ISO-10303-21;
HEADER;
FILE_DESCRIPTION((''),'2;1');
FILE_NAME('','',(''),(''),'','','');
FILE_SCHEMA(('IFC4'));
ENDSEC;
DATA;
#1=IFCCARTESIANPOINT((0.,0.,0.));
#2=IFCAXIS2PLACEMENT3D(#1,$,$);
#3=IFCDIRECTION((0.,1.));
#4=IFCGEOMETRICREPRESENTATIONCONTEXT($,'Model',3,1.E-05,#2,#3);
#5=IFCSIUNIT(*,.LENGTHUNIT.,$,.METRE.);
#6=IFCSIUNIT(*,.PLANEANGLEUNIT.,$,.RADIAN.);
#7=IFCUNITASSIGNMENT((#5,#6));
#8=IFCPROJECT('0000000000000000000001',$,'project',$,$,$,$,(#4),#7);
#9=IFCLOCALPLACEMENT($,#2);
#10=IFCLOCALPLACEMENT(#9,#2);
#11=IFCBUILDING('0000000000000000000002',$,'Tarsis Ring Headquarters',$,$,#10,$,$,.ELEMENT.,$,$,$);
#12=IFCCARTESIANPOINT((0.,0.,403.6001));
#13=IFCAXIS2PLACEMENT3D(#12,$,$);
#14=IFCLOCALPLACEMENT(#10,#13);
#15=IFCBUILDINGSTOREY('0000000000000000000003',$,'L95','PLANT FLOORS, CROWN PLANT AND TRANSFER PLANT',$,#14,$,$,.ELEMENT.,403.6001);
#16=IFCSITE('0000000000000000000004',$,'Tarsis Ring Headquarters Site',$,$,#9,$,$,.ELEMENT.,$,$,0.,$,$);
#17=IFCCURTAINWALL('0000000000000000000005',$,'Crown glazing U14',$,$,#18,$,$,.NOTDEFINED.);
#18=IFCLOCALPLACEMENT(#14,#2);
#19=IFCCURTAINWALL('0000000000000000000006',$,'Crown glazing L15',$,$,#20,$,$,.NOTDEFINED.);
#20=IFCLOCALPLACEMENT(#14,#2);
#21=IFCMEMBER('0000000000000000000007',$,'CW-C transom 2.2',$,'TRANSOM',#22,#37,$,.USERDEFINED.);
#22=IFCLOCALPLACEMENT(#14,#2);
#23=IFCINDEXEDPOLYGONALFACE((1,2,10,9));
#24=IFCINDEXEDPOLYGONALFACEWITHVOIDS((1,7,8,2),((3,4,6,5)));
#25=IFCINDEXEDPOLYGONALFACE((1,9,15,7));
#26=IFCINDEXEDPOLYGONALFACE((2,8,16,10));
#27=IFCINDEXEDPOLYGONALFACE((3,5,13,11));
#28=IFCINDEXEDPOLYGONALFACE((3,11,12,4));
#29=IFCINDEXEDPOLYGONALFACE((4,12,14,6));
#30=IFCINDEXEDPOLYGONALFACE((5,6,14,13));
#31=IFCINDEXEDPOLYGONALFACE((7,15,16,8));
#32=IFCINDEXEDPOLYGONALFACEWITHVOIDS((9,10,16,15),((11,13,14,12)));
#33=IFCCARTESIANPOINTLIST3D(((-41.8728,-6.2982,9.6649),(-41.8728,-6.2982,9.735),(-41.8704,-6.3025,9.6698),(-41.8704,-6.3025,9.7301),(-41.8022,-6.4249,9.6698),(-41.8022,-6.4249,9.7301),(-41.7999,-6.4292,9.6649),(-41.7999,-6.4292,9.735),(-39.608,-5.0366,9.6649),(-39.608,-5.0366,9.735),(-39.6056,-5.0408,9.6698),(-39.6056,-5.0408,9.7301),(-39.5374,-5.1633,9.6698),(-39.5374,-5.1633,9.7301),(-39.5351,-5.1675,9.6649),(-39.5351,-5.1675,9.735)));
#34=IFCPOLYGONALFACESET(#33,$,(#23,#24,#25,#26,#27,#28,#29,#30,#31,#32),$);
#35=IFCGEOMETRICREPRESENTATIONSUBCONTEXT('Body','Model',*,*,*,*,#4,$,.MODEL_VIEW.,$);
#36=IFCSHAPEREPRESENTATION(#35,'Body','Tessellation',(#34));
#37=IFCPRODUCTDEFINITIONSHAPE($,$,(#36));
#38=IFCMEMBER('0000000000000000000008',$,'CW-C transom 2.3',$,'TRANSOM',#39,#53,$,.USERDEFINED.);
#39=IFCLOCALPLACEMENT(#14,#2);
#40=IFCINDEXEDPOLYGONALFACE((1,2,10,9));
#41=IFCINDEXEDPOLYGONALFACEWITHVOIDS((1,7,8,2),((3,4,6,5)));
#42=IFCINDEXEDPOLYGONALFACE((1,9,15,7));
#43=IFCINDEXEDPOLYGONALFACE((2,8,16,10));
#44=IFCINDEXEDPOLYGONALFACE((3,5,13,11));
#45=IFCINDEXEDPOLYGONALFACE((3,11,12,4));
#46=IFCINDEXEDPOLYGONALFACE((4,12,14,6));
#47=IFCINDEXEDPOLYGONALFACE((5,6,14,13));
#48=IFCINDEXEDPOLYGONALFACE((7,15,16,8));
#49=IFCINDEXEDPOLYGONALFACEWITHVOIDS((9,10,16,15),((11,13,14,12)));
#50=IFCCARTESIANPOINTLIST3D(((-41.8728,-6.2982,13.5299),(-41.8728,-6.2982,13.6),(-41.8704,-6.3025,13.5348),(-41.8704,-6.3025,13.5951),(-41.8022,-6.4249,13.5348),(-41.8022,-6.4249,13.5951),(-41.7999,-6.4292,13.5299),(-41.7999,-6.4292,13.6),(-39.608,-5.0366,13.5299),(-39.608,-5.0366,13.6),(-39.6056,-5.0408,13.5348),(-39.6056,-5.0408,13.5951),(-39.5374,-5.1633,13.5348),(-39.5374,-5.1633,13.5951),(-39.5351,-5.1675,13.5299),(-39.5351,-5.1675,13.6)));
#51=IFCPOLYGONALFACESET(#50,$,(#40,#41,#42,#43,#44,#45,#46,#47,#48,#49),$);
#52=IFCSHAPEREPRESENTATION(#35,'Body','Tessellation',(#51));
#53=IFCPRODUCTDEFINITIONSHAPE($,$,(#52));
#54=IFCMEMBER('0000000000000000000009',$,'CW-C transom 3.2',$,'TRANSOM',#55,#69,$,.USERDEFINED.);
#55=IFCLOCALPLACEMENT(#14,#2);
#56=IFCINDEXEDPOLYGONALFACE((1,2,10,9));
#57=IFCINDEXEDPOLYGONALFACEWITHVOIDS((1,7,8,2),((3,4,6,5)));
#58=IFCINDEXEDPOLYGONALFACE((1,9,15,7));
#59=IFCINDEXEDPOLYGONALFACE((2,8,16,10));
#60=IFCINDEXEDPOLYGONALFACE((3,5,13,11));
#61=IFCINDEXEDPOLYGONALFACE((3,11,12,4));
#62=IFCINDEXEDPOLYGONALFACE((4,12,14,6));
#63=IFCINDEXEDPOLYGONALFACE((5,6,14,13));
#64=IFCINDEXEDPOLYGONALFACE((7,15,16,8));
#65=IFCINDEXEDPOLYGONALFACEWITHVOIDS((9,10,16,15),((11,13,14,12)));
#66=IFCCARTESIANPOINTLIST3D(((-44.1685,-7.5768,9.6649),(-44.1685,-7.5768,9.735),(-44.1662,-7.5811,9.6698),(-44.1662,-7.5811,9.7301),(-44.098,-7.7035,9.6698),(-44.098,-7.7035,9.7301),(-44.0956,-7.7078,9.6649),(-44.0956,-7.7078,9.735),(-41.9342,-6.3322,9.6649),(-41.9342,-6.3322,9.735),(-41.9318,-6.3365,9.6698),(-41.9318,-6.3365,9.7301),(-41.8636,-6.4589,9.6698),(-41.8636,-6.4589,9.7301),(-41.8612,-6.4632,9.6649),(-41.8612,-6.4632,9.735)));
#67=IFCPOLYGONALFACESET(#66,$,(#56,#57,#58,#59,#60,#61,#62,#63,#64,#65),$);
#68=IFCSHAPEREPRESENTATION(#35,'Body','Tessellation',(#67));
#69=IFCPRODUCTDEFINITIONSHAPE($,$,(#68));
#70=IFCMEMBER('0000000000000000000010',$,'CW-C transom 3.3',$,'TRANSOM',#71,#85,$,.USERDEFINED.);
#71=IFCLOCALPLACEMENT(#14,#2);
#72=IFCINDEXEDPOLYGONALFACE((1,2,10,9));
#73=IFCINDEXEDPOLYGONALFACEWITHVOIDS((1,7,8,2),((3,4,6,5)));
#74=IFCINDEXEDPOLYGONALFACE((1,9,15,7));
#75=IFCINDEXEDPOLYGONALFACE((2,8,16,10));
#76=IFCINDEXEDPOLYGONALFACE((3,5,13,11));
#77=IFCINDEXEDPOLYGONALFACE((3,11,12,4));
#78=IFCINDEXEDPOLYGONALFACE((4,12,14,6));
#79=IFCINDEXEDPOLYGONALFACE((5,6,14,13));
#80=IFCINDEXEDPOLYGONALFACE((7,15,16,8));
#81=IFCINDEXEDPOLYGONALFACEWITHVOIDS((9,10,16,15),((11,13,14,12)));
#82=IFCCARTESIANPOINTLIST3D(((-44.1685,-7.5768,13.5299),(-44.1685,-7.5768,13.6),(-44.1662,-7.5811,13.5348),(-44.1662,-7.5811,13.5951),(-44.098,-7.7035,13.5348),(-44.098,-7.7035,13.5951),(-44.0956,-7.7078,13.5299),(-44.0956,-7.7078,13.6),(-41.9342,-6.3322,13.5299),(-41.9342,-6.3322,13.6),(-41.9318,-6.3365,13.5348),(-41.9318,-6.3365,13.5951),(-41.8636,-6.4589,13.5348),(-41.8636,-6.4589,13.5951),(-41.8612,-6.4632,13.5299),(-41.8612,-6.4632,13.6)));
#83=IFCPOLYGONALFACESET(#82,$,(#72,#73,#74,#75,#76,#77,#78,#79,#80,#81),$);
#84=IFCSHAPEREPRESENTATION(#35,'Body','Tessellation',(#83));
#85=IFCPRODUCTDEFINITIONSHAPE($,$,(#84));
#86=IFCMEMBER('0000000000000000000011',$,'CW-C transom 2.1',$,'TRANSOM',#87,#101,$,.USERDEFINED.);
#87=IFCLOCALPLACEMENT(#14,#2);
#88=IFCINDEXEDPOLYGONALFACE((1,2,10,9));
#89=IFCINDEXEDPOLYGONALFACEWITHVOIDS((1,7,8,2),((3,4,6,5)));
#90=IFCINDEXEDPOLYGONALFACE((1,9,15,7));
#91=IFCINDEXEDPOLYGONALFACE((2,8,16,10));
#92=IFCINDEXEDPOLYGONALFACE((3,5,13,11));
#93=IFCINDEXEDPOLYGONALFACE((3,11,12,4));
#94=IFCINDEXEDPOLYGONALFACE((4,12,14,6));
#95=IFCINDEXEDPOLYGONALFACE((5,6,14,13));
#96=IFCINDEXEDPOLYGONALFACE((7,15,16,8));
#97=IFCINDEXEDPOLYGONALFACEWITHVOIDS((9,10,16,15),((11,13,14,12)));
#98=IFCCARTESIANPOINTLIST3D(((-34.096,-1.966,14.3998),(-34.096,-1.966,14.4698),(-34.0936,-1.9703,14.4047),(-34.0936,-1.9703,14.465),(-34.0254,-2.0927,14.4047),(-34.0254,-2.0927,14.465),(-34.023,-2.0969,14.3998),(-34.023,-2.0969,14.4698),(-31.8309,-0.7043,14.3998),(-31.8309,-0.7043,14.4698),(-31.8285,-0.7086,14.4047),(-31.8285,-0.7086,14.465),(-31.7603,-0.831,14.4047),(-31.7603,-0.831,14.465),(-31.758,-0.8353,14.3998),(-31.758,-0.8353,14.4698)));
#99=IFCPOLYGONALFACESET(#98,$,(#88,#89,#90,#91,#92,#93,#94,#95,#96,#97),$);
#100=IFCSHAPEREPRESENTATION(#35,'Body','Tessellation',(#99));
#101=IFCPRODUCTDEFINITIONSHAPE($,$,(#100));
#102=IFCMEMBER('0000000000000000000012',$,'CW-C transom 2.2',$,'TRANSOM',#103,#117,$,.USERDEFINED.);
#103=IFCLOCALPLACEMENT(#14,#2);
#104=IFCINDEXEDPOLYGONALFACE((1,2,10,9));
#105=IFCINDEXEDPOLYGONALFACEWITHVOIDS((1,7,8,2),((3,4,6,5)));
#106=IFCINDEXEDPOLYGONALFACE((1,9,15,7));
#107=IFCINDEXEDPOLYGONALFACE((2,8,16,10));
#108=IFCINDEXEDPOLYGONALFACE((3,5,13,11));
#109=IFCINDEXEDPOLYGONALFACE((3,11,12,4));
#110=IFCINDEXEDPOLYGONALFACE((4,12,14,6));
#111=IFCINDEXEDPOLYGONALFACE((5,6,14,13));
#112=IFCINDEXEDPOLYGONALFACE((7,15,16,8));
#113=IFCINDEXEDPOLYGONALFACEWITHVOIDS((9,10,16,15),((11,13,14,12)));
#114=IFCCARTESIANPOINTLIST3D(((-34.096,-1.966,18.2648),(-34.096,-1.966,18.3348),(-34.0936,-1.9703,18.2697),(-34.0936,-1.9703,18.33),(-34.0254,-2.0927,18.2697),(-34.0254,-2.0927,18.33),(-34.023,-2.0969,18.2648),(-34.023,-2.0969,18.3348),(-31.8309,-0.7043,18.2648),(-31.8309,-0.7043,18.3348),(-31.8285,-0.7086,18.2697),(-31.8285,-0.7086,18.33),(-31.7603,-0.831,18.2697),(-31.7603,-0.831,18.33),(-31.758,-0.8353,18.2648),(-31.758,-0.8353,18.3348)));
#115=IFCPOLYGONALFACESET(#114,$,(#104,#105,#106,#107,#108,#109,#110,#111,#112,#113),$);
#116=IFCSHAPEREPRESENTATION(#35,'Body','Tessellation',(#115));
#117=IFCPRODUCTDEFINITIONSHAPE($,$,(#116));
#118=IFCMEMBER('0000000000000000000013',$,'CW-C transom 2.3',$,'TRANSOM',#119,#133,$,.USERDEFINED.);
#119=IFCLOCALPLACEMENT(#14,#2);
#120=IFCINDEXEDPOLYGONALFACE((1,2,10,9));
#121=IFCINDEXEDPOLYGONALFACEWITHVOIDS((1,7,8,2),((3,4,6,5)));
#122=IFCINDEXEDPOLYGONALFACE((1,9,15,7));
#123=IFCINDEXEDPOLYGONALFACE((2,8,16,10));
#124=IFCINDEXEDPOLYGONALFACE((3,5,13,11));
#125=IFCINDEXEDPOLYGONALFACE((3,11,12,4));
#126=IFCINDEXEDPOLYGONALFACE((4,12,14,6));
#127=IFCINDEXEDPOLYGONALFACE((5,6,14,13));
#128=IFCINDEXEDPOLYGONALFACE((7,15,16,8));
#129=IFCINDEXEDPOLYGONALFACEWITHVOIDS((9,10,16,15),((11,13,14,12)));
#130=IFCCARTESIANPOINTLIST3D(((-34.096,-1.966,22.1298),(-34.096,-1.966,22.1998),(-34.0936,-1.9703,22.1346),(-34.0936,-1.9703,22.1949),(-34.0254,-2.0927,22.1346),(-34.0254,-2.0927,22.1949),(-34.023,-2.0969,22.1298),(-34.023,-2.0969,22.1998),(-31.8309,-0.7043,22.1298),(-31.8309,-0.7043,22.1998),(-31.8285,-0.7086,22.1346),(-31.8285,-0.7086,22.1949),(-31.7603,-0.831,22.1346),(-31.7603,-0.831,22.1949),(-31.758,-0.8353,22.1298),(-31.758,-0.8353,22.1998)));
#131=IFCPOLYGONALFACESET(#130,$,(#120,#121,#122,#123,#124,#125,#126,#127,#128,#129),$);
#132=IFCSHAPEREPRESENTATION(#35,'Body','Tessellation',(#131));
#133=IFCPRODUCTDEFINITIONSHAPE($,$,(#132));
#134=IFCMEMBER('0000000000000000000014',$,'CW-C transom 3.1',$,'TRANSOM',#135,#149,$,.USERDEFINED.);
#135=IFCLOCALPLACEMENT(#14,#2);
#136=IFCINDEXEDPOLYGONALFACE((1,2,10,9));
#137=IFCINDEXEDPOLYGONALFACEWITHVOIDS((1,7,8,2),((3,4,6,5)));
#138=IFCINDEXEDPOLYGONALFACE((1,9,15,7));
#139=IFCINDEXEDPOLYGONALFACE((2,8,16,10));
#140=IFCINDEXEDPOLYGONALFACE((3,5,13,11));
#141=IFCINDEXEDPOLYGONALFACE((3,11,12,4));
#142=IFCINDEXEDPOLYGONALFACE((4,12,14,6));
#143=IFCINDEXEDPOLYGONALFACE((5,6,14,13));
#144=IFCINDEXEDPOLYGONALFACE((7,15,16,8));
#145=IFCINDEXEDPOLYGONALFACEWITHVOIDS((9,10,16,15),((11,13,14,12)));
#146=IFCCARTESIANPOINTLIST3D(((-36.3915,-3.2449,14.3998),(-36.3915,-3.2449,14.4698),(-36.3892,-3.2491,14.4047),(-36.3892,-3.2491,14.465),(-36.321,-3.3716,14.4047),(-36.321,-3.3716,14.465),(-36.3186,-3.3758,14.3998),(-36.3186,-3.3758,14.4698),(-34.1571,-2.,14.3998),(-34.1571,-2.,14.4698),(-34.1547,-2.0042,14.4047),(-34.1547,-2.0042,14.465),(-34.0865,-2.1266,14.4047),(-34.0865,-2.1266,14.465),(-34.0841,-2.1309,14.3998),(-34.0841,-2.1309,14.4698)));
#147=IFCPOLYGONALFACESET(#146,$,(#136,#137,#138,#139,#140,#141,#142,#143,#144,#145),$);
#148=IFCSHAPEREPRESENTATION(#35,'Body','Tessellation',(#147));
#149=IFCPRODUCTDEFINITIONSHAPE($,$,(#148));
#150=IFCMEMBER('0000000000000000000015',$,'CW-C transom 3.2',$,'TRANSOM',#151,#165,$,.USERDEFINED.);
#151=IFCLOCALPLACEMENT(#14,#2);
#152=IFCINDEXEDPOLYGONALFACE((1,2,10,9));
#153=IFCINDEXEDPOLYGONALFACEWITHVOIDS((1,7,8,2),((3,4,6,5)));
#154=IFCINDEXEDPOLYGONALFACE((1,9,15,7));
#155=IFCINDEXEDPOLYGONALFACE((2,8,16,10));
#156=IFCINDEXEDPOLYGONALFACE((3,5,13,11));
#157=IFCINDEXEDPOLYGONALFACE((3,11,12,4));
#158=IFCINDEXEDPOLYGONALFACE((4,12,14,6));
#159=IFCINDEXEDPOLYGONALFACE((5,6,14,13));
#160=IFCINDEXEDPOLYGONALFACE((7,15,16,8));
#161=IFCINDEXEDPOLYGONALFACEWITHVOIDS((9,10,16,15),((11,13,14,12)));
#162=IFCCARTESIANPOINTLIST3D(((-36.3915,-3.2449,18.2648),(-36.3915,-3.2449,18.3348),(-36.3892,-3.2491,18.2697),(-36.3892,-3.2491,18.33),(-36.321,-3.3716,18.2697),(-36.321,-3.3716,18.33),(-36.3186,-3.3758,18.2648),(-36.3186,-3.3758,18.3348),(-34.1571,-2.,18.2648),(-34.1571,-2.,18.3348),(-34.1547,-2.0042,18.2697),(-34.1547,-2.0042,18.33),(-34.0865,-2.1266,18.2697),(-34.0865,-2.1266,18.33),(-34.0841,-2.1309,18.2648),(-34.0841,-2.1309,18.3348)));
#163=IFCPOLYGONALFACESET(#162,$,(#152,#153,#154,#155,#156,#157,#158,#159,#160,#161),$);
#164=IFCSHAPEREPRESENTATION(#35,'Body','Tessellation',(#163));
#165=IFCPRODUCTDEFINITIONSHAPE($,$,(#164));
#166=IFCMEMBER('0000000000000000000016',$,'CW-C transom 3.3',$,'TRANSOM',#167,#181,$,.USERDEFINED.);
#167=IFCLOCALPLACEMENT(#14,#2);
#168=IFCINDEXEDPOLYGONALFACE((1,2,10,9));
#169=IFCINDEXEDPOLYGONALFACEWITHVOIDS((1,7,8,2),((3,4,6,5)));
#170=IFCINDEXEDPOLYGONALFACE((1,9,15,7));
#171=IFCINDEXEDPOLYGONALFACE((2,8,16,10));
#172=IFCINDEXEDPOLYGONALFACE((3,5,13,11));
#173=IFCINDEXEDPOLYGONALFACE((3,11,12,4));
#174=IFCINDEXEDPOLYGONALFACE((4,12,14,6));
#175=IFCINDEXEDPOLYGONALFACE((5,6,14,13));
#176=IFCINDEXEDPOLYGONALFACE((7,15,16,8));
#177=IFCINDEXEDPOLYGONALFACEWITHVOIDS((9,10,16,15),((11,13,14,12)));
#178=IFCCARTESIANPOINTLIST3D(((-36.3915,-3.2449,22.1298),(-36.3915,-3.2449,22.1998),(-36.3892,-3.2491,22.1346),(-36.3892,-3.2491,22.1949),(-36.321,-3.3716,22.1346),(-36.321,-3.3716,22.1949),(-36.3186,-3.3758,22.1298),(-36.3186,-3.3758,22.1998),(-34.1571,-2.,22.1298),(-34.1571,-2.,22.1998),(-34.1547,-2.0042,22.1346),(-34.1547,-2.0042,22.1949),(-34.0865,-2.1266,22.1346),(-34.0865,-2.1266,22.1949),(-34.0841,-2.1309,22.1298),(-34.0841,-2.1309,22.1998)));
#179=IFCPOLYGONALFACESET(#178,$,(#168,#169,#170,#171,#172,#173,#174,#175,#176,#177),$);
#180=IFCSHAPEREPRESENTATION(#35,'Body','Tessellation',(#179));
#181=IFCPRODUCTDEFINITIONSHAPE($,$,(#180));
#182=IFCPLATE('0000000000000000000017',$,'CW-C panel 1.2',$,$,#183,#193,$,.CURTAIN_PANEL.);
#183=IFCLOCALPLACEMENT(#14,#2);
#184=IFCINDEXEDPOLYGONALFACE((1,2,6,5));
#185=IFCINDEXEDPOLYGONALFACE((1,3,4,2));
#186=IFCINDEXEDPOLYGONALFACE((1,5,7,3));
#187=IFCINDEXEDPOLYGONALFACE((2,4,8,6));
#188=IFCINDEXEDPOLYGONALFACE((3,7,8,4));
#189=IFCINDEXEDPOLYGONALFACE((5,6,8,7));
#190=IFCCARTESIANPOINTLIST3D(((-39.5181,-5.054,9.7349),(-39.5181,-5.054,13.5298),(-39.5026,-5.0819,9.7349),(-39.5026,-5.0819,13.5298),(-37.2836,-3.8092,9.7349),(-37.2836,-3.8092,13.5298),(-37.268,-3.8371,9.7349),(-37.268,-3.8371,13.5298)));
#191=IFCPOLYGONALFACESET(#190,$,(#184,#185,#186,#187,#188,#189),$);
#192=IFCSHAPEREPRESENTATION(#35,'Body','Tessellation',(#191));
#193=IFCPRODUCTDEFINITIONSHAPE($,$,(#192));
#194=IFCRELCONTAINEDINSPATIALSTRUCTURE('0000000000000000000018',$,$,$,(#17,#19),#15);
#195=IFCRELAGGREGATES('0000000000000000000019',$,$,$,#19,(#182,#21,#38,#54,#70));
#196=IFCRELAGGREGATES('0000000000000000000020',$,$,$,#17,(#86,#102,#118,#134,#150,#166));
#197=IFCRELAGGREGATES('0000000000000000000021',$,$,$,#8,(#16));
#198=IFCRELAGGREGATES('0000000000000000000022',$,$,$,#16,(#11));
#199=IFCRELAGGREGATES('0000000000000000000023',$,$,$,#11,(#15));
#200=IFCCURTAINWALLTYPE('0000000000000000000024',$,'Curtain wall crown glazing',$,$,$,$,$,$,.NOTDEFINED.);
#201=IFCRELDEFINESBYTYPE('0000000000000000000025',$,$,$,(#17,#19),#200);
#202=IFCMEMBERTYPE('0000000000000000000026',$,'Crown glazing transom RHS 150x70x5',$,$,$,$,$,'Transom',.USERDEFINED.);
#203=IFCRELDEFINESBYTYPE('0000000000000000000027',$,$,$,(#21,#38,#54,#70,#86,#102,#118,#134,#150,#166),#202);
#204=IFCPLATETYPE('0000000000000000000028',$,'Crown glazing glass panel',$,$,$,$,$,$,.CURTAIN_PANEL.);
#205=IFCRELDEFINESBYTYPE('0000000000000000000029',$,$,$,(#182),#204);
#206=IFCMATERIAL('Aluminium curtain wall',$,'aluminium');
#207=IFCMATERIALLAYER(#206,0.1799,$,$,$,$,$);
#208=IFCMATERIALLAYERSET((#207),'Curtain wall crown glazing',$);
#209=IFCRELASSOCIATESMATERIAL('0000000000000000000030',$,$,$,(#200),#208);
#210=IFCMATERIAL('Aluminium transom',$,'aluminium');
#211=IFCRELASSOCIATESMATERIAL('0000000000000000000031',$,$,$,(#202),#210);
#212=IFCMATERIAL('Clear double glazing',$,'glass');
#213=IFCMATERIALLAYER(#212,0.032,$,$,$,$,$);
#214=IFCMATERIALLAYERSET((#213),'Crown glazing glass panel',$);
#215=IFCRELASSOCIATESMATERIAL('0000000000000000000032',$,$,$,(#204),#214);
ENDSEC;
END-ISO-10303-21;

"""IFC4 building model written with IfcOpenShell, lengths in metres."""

from ifc_helpers import new_model, si_unit, direction, frame, origin, origin_2d, place, context, subcontext, project, spatial, rectangle, hollow_rectangle, extrude, material, layer, layer_set, material_profile, profile_set, type_object, element, aggregate, save


model = new_model("IFC4")

# Units and contexts
model_context = context("Model", 3, precision=1e-05, world=origin(), true_north=direction((0.0, 1.0)))
body_context = subcontext(model_context, "Body", "Model", "MODEL_VIEW")
ifc_project = project(units=[si_unit("LENGTHUNIT", "METRE"), si_unit("PLANEANGLEUNIT", "RADIAN")], contexts=[model_context])

# Site, building, storey
site_placement = place(None, origin())
site = spatial("IfcSite", under=ifc_project, at=site_placement, Name="Tarsis Ring Headquarters Site", CompositionType="ELEMENT", RefElevation=0.0)
building_placement = place(site_placement, origin())
building = spatial("IfcBuilding", under=site, at=building_placement, Name="Tarsis Ring Headquarters", CompositionType="ELEMENT")
storey_placement = place(building_placement, frame((0.0, 0.0, 403.6001)))
storey = spatial("IfcBuildingStorey", under=building, at=storey_placement, Name="L95", Description="PLANT FLOORS, CROWN PLANT AND TRANSFER PLANT", CompositionType="ELEMENT", Elevation=403.6001)

# Curtain wall
ifc_material_1 = material(Name="Aluminium curtain wall", Category="aluminium")
ifc_layer_1 = layer(ifc_material_1, 0.1799)
ifc_layer_set_1 = layer_set([ifc_layer_1], Name="Curtain wall crown glazing")
curtain_wall_type = type_object("IfcCurtainWallType", Name="Curtain wall crown glazing", PredefinedType="NOTDEFINED", material=ifc_layer_set_1)
curtain_wall_1_placement = place(storey_placement, origin())
curtain_wall_1 = element("IfcCurtainWall", 1, at=curtain_wall_1_placement, inside=storey, type_object=curtain_wall_type, Name="Crown glazing U14", PredefinedType="NOTDEFINED")

# Curtain wall, members
curtain_wall_2_placement = place(storey_placement, origin())
curtain_wall_2 = element("IfcCurtainWall", 2, at=curtain_wall_2_placement, inside=storey, type_object=curtain_wall_type, Name="Crown glazing L15", PredefinedType="NOTDEFINED")
ifc_material_2 = material(Name="Aluminium transom", Category="aluminium")
ifc_material_profile_1 = material_profile(ifc_material_2, hollow_rectangle(XDim=0.1499, YDim=0.0701, WallThickness=0.0049, at=origin_2d()), Name="RHS 150x70x5")
ifc_profile_set_1 = profile_set([ifc_material_profile_1], Name="Aluminium transom")
member_type_1 = type_object("IfcMemberType", Name="Crown glazing transom RHS 150x70x5", ElementType="Transom", PredefinedType="USERDEFINED", material=ifc_profile_set_1)
member_1_placement = place(storey_placement, frame((-39.5715, -5.1021, 9.7), z_axis=(-0.873593, -0.486658, 0.0), x_axis=(0.486658, -0.873593, 0.0)))
member_1 = element("IfcMember", 3, at=member_1_placement, type_object=member_type_1, Name="CW-C transom 2.2", ObjectType="TRANSOM", PredefinedType="USERDEFINED", context=body_context, shape_type="SweptSolid", body=[
    extrude(hollow_rectangle(XDim=0.1499, YDim=0.0701, WallThickness=0.0049, at=origin_2d()), origin(), (0.0, 0.0, 1.0), 2.5925),
])
member_2_placement = place(storey_placement, frame((-39.5715, -5.1021, 13.5649), z_axis=(-0.873593, -0.486658, 0.0), x_axis=(0.486658, -0.873593, 0.0)))
member_2 = element("IfcMember", 4, at=member_2_placement, type_object=member_type_1, Name="CW-C transom 2.3", ObjectType="TRANSOM", PredefinedType="USERDEFINED", context=body_context, shape_type="SweptSolid", body=[
    extrude(hollow_rectangle(XDim=0.1499, YDim=0.0701, WallThickness=0.0049, at=origin_2d()), origin(), (0.0, 0.0, 1.0), 2.5925),
])
member_3_placement = place(storey_placement, frame((-41.8977, -6.3977, 9.7), z_axis=(-0.873607, -0.486631, 0.0), x_axis=(0.486631, -0.873607, 0.0)))
member_3 = element("IfcMember", 5, at=member_3_placement, type_object=member_type_1, Name="CW-C transom 3.2", ObjectType="TRANSOM", PredefinedType="USERDEFINED", context=body_context, shape_type="SweptSolid", body=[
    extrude(hollow_rectangle(XDim=0.1499, YDim=0.0701, WallThickness=0.0049, at=origin_2d()), origin(), (0.0, 0.0, 1.0), 2.5576),
])
member_4_placement = place(storey_placement, frame((-41.8977, -6.3977, 13.5649), z_axis=(-0.873607, -0.486631, 0.0), x_axis=(0.486631, -0.873607, 0.0)))
member_4 = element("IfcMember", 6, at=member_4_placement, type_object=member_type_1, Name="CW-C transom 3.3", ObjectType="TRANSOM", PredefinedType="USERDEFINED", context=body_context, shape_type="SweptSolid", body=[
    extrude(hollow_rectangle(XDim=0.1499, YDim=0.0701, WallThickness=0.0049, at=origin_2d()), origin(), (0.0, 0.0, 1.0), 2.5576),
])

# Members
member_5_placement = place(storey_placement, frame((-31.7944, -0.7698, 14.4348), z_axis=(-0.873615, -0.486618, 0.0), x_axis=(0.486618, -0.873615, 0.0)))
member_5 = element("IfcMember", 7, at=member_5_placement, type_object=member_type_1, Name="CW-C transom 2.1", ObjectType="TRANSOM", PredefinedType="USERDEFINED", context=body_context, shape_type="SweptSolid", body=[
    extrude(hollow_rectangle(XDim=0.1499, YDim=0.0701, WallThickness=0.0049, at=origin_2d()), origin(), (0.0, 0.0, 1.0), 2.5928),
])
member_6_placement = place(storey_placement, frame((-31.7944, -0.7698, 18.2998), z_axis=(-0.873615, -0.486618, 0.0), x_axis=(0.486618, -0.873615, 0.0)))
member_6 = element("IfcMember", 8, at=member_6_placement, type_object=member_type_1, Name="CW-C transom 2.2", ObjectType="TRANSOM", PredefinedType="USERDEFINED", context=body_context, shape_type="SweptSolid", body=[
    extrude(hollow_rectangle(XDim=0.1499, YDim=0.0701, WallThickness=0.0049, at=origin_2d()), origin(), (0.0, 0.0, 1.0), 2.5928),
])
member_7_placement = place(storey_placement, frame((-31.7944, -0.7698, 22.1648), z_axis=(-0.873615, -0.486618, 0.0), x_axis=(0.486618, -0.873615, 0.0)))
member_7 = element("IfcMember", 9, at=member_7_placement, type_object=member_type_1, Name="CW-C transom 2.3", ObjectType="TRANSOM", PredefinedType="USERDEFINED", context=body_context, shape_type="SweptSolid", body=[
    extrude(hollow_rectangle(XDim=0.1499, YDim=0.0701, WallThickness=0.0049, at=origin_2d()), origin(), (0.0, 0.0, 1.0), 2.5928),
])
member_8_placement = place(storey_placement, frame((-34.1206, -2.0654, 14.4348), z_axis=(-0.873567, -0.486704, 0.0), x_axis=(0.486704, -0.873567, 0.0)))
member_8 = element("IfcMember", 10, at=member_8_placement, type_object=member_type_1, Name="CW-C transom 3.1", ObjectType="TRANSOM", PredefinedType="USERDEFINED", context=body_context, shape_type="SweptSolid", body=[
    extrude(hollow_rectangle(XDim=0.1499, YDim=0.0701, WallThickness=0.0049, at=origin_2d()), origin(), (0.0, 0.0, 1.0), 2.5579),
])
member_9_placement = place(storey_placement, frame((-34.1206, -2.0654, 18.2998), z_axis=(-0.873567, -0.486704, 0.0), x_axis=(0.486704, -0.873567, 0.0)))
member_9 = element("IfcMember", 11, at=member_9_placement, type_object=member_type_1, Name="CW-C transom 3.2", ObjectType="TRANSOM", PredefinedType="USERDEFINED", context=body_context, shape_type="SweptSolid", body=[
    extrude(hollow_rectangle(XDim=0.1499, YDim=0.0701, WallThickness=0.0049, at=origin_2d()), origin(), (0.0, 0.0, 1.0), 2.5579),
])
member_10_placement = place(storey_placement, frame((-34.1206, -2.0654, 22.1648), z_axis=(-0.873567, -0.486704, 0.0), x_axis=(0.486704, -0.873567, 0.0)))
member_10 = element("IfcMember", 12, at=member_10_placement, type_object=member_type_1, Name="CW-C transom 3.3", ObjectType="TRANSOM", PredefinedType="USERDEFINED", context=body_context, shape_type="SweptSolid", body=[
    extrude(hollow_rectangle(XDim=0.1499, YDim=0.0701, WallThickness=0.0049, at=origin_2d()), origin(), (0.0, 0.0, 1.0), 2.5579),
])

# Plate
ifc_material_3 = material(Name="Clear double glazing", Category="glass")
ifc_layer_2 = layer(ifc_material_3, 0.032)
ifc_layer_set_2 = layer_set([ifc_layer_2], Name="Crown glazing glass panel")
plate_type = type_object("IfcPlateType", Name="Crown glazing glass panel", PredefinedType="CURTAIN_PANEL", material=ifc_layer_set_2)
plate_1_placement = place(storey_placement, frame((-38.3931, -4.4456, 9.7349), z_axis=(0.0, 0.0, 1.0), x_axis=(-0.873602, -0.48664, 0.0)))
plate_1 = element("IfcPlate", 13, at=plate_1_placement, type_object=plate_type, Name="CW-C panel 1.2", PredefinedType="CURTAIN_PANEL", context=body_context, shape_type="SweptSolid", body=[
    extrude(rectangle(XDim=2.5579, YDim=0.032, at=origin_2d()), origin(), (0.0, 0.0, 1.0), 3.7949),
])
aggregate(curtain_wall_2, [plate_1, member_1, member_2, member_3, member_4])
aggregate(curtain_wall_1, [member_5, member_6, member_7, member_8, member_9, member_10])

save(model, "model.ifc")
